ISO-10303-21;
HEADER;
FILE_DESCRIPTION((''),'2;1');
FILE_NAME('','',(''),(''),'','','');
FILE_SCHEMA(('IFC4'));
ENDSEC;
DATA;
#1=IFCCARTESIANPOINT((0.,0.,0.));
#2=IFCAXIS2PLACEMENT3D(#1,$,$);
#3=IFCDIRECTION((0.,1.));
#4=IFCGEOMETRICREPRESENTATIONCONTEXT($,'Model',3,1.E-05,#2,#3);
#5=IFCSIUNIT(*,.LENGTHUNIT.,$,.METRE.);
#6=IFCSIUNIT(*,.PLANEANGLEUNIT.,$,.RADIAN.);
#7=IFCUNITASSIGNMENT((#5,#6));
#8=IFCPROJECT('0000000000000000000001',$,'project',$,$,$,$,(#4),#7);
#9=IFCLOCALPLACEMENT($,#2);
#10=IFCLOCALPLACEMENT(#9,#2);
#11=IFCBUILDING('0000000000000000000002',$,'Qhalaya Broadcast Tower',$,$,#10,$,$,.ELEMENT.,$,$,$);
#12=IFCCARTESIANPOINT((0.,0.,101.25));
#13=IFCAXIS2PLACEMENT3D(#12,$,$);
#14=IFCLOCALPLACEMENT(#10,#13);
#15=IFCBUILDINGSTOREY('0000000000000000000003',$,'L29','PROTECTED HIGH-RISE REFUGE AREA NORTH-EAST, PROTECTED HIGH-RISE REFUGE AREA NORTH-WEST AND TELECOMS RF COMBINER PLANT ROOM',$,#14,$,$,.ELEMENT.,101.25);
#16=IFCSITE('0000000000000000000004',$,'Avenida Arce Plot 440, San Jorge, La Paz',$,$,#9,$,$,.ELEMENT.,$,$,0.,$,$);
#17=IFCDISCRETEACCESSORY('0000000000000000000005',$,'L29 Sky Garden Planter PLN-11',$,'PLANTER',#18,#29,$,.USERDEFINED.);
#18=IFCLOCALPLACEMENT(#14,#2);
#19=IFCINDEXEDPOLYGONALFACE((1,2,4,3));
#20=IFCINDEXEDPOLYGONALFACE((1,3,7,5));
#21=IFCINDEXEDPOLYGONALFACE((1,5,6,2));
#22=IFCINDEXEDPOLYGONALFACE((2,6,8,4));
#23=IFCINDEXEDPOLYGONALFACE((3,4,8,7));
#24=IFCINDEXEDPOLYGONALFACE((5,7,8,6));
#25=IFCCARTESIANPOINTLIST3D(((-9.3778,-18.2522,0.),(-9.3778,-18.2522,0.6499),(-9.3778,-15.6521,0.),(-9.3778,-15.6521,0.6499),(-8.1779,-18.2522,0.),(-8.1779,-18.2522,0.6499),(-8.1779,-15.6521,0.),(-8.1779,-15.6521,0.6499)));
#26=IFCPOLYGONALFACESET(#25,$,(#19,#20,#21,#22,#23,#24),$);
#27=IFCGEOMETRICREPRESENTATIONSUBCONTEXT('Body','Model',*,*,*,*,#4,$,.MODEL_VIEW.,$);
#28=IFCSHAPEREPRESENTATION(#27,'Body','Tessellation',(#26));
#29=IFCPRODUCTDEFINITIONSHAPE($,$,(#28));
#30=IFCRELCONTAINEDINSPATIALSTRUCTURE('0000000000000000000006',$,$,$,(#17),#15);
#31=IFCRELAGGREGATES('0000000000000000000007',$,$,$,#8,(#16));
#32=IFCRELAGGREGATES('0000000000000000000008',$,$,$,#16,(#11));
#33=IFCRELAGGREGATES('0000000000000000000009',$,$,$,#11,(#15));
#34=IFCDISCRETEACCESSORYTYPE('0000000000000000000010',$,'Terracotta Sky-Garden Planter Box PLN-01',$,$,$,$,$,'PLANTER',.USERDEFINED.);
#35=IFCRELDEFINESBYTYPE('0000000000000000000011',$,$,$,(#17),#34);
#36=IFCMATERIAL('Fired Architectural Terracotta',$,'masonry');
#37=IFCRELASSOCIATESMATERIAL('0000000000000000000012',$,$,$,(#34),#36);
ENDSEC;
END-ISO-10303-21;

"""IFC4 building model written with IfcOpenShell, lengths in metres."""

from ifc_helpers import new_model, si_unit, direction, frame, origin, origin_2d, place, context, subcontext, project, spatial, rectangle, extrude, material, type_object, element, save


model = new_model("IFC4")

# Units and contexts
model_context = context("Model", 3, precision=1e-05, world=origin(), true_north=direction((0.0, 1.0)))
body_context = subcontext(model_context, "Body", "Model", "MODEL_VIEW")
ifc_project = project(units=[si_unit("LENGTHUNIT", "METRE"), si_unit("PLANEANGLEUNIT", "RADIAN")], contexts=[model_context])

# Site, building, storey
site_placement = place(None, origin())
site = spatial("IfcSite", under=ifc_project, at=site_placement, Name="Avenida Arce Plot 440, San Jorge, La Paz", CompositionType="ELEMENT", RefElevation=0.0)
building_placement = place(site_placement, origin())
building = spatial("IfcBuilding", under=site, at=building_placement, Name="Qhalaya Broadcast Tower", CompositionType="ELEMENT")
storey_placement = place(building_placement, frame((0.0, 0.0, 101.25)))
storey = spatial("IfcBuildingStorey", under=building, at=storey_placement, Name="L29", Description="PROTECTED HIGH-RISE REFUGE AREA NORTH-EAST, PROTECTED HIGH-RISE REFUGE AREA NORTH-WEST AND TELECOMS RF COMBINER PLANT ROOM", CompositionType="ELEMENT", Elevation=101.25)

# Discrete accessory
ifc_material_1 = material(Name="Fired Architectural Terracotta", Category="masonry")
discrete_accessory_type = type_object("IfcDiscreteAccessoryType", Name="Terracotta Sky-Garden Planter Box PLN-01", ElementType="PLANTER", PredefinedType="USERDEFINED", material=ifc_material_1)
discrete_accessory_placement = place(storey_placement, frame((-8.7778, -16.9521, 0.0), z_axis=(0.0, 0.0, 1.0), x_axis=(1.0, 0.0, 0.0)))
element("IfcDiscreteAccessory", 1, at=discrete_accessory_placement, inside=storey, type_object=discrete_accessory_type, Name="L29 Sky Garden Planter PLN-11", ObjectType="PLANTER", PredefinedType="USERDEFINED", context=body_context, shape_type="SweptSolid", body=[
    extrude(rectangle(XDim=1.2, YDim=2.6001, at=origin_2d()), origin(), (0.0, 0.0, 1.0), 0.6499),
])

save(model, "model.ifc")
